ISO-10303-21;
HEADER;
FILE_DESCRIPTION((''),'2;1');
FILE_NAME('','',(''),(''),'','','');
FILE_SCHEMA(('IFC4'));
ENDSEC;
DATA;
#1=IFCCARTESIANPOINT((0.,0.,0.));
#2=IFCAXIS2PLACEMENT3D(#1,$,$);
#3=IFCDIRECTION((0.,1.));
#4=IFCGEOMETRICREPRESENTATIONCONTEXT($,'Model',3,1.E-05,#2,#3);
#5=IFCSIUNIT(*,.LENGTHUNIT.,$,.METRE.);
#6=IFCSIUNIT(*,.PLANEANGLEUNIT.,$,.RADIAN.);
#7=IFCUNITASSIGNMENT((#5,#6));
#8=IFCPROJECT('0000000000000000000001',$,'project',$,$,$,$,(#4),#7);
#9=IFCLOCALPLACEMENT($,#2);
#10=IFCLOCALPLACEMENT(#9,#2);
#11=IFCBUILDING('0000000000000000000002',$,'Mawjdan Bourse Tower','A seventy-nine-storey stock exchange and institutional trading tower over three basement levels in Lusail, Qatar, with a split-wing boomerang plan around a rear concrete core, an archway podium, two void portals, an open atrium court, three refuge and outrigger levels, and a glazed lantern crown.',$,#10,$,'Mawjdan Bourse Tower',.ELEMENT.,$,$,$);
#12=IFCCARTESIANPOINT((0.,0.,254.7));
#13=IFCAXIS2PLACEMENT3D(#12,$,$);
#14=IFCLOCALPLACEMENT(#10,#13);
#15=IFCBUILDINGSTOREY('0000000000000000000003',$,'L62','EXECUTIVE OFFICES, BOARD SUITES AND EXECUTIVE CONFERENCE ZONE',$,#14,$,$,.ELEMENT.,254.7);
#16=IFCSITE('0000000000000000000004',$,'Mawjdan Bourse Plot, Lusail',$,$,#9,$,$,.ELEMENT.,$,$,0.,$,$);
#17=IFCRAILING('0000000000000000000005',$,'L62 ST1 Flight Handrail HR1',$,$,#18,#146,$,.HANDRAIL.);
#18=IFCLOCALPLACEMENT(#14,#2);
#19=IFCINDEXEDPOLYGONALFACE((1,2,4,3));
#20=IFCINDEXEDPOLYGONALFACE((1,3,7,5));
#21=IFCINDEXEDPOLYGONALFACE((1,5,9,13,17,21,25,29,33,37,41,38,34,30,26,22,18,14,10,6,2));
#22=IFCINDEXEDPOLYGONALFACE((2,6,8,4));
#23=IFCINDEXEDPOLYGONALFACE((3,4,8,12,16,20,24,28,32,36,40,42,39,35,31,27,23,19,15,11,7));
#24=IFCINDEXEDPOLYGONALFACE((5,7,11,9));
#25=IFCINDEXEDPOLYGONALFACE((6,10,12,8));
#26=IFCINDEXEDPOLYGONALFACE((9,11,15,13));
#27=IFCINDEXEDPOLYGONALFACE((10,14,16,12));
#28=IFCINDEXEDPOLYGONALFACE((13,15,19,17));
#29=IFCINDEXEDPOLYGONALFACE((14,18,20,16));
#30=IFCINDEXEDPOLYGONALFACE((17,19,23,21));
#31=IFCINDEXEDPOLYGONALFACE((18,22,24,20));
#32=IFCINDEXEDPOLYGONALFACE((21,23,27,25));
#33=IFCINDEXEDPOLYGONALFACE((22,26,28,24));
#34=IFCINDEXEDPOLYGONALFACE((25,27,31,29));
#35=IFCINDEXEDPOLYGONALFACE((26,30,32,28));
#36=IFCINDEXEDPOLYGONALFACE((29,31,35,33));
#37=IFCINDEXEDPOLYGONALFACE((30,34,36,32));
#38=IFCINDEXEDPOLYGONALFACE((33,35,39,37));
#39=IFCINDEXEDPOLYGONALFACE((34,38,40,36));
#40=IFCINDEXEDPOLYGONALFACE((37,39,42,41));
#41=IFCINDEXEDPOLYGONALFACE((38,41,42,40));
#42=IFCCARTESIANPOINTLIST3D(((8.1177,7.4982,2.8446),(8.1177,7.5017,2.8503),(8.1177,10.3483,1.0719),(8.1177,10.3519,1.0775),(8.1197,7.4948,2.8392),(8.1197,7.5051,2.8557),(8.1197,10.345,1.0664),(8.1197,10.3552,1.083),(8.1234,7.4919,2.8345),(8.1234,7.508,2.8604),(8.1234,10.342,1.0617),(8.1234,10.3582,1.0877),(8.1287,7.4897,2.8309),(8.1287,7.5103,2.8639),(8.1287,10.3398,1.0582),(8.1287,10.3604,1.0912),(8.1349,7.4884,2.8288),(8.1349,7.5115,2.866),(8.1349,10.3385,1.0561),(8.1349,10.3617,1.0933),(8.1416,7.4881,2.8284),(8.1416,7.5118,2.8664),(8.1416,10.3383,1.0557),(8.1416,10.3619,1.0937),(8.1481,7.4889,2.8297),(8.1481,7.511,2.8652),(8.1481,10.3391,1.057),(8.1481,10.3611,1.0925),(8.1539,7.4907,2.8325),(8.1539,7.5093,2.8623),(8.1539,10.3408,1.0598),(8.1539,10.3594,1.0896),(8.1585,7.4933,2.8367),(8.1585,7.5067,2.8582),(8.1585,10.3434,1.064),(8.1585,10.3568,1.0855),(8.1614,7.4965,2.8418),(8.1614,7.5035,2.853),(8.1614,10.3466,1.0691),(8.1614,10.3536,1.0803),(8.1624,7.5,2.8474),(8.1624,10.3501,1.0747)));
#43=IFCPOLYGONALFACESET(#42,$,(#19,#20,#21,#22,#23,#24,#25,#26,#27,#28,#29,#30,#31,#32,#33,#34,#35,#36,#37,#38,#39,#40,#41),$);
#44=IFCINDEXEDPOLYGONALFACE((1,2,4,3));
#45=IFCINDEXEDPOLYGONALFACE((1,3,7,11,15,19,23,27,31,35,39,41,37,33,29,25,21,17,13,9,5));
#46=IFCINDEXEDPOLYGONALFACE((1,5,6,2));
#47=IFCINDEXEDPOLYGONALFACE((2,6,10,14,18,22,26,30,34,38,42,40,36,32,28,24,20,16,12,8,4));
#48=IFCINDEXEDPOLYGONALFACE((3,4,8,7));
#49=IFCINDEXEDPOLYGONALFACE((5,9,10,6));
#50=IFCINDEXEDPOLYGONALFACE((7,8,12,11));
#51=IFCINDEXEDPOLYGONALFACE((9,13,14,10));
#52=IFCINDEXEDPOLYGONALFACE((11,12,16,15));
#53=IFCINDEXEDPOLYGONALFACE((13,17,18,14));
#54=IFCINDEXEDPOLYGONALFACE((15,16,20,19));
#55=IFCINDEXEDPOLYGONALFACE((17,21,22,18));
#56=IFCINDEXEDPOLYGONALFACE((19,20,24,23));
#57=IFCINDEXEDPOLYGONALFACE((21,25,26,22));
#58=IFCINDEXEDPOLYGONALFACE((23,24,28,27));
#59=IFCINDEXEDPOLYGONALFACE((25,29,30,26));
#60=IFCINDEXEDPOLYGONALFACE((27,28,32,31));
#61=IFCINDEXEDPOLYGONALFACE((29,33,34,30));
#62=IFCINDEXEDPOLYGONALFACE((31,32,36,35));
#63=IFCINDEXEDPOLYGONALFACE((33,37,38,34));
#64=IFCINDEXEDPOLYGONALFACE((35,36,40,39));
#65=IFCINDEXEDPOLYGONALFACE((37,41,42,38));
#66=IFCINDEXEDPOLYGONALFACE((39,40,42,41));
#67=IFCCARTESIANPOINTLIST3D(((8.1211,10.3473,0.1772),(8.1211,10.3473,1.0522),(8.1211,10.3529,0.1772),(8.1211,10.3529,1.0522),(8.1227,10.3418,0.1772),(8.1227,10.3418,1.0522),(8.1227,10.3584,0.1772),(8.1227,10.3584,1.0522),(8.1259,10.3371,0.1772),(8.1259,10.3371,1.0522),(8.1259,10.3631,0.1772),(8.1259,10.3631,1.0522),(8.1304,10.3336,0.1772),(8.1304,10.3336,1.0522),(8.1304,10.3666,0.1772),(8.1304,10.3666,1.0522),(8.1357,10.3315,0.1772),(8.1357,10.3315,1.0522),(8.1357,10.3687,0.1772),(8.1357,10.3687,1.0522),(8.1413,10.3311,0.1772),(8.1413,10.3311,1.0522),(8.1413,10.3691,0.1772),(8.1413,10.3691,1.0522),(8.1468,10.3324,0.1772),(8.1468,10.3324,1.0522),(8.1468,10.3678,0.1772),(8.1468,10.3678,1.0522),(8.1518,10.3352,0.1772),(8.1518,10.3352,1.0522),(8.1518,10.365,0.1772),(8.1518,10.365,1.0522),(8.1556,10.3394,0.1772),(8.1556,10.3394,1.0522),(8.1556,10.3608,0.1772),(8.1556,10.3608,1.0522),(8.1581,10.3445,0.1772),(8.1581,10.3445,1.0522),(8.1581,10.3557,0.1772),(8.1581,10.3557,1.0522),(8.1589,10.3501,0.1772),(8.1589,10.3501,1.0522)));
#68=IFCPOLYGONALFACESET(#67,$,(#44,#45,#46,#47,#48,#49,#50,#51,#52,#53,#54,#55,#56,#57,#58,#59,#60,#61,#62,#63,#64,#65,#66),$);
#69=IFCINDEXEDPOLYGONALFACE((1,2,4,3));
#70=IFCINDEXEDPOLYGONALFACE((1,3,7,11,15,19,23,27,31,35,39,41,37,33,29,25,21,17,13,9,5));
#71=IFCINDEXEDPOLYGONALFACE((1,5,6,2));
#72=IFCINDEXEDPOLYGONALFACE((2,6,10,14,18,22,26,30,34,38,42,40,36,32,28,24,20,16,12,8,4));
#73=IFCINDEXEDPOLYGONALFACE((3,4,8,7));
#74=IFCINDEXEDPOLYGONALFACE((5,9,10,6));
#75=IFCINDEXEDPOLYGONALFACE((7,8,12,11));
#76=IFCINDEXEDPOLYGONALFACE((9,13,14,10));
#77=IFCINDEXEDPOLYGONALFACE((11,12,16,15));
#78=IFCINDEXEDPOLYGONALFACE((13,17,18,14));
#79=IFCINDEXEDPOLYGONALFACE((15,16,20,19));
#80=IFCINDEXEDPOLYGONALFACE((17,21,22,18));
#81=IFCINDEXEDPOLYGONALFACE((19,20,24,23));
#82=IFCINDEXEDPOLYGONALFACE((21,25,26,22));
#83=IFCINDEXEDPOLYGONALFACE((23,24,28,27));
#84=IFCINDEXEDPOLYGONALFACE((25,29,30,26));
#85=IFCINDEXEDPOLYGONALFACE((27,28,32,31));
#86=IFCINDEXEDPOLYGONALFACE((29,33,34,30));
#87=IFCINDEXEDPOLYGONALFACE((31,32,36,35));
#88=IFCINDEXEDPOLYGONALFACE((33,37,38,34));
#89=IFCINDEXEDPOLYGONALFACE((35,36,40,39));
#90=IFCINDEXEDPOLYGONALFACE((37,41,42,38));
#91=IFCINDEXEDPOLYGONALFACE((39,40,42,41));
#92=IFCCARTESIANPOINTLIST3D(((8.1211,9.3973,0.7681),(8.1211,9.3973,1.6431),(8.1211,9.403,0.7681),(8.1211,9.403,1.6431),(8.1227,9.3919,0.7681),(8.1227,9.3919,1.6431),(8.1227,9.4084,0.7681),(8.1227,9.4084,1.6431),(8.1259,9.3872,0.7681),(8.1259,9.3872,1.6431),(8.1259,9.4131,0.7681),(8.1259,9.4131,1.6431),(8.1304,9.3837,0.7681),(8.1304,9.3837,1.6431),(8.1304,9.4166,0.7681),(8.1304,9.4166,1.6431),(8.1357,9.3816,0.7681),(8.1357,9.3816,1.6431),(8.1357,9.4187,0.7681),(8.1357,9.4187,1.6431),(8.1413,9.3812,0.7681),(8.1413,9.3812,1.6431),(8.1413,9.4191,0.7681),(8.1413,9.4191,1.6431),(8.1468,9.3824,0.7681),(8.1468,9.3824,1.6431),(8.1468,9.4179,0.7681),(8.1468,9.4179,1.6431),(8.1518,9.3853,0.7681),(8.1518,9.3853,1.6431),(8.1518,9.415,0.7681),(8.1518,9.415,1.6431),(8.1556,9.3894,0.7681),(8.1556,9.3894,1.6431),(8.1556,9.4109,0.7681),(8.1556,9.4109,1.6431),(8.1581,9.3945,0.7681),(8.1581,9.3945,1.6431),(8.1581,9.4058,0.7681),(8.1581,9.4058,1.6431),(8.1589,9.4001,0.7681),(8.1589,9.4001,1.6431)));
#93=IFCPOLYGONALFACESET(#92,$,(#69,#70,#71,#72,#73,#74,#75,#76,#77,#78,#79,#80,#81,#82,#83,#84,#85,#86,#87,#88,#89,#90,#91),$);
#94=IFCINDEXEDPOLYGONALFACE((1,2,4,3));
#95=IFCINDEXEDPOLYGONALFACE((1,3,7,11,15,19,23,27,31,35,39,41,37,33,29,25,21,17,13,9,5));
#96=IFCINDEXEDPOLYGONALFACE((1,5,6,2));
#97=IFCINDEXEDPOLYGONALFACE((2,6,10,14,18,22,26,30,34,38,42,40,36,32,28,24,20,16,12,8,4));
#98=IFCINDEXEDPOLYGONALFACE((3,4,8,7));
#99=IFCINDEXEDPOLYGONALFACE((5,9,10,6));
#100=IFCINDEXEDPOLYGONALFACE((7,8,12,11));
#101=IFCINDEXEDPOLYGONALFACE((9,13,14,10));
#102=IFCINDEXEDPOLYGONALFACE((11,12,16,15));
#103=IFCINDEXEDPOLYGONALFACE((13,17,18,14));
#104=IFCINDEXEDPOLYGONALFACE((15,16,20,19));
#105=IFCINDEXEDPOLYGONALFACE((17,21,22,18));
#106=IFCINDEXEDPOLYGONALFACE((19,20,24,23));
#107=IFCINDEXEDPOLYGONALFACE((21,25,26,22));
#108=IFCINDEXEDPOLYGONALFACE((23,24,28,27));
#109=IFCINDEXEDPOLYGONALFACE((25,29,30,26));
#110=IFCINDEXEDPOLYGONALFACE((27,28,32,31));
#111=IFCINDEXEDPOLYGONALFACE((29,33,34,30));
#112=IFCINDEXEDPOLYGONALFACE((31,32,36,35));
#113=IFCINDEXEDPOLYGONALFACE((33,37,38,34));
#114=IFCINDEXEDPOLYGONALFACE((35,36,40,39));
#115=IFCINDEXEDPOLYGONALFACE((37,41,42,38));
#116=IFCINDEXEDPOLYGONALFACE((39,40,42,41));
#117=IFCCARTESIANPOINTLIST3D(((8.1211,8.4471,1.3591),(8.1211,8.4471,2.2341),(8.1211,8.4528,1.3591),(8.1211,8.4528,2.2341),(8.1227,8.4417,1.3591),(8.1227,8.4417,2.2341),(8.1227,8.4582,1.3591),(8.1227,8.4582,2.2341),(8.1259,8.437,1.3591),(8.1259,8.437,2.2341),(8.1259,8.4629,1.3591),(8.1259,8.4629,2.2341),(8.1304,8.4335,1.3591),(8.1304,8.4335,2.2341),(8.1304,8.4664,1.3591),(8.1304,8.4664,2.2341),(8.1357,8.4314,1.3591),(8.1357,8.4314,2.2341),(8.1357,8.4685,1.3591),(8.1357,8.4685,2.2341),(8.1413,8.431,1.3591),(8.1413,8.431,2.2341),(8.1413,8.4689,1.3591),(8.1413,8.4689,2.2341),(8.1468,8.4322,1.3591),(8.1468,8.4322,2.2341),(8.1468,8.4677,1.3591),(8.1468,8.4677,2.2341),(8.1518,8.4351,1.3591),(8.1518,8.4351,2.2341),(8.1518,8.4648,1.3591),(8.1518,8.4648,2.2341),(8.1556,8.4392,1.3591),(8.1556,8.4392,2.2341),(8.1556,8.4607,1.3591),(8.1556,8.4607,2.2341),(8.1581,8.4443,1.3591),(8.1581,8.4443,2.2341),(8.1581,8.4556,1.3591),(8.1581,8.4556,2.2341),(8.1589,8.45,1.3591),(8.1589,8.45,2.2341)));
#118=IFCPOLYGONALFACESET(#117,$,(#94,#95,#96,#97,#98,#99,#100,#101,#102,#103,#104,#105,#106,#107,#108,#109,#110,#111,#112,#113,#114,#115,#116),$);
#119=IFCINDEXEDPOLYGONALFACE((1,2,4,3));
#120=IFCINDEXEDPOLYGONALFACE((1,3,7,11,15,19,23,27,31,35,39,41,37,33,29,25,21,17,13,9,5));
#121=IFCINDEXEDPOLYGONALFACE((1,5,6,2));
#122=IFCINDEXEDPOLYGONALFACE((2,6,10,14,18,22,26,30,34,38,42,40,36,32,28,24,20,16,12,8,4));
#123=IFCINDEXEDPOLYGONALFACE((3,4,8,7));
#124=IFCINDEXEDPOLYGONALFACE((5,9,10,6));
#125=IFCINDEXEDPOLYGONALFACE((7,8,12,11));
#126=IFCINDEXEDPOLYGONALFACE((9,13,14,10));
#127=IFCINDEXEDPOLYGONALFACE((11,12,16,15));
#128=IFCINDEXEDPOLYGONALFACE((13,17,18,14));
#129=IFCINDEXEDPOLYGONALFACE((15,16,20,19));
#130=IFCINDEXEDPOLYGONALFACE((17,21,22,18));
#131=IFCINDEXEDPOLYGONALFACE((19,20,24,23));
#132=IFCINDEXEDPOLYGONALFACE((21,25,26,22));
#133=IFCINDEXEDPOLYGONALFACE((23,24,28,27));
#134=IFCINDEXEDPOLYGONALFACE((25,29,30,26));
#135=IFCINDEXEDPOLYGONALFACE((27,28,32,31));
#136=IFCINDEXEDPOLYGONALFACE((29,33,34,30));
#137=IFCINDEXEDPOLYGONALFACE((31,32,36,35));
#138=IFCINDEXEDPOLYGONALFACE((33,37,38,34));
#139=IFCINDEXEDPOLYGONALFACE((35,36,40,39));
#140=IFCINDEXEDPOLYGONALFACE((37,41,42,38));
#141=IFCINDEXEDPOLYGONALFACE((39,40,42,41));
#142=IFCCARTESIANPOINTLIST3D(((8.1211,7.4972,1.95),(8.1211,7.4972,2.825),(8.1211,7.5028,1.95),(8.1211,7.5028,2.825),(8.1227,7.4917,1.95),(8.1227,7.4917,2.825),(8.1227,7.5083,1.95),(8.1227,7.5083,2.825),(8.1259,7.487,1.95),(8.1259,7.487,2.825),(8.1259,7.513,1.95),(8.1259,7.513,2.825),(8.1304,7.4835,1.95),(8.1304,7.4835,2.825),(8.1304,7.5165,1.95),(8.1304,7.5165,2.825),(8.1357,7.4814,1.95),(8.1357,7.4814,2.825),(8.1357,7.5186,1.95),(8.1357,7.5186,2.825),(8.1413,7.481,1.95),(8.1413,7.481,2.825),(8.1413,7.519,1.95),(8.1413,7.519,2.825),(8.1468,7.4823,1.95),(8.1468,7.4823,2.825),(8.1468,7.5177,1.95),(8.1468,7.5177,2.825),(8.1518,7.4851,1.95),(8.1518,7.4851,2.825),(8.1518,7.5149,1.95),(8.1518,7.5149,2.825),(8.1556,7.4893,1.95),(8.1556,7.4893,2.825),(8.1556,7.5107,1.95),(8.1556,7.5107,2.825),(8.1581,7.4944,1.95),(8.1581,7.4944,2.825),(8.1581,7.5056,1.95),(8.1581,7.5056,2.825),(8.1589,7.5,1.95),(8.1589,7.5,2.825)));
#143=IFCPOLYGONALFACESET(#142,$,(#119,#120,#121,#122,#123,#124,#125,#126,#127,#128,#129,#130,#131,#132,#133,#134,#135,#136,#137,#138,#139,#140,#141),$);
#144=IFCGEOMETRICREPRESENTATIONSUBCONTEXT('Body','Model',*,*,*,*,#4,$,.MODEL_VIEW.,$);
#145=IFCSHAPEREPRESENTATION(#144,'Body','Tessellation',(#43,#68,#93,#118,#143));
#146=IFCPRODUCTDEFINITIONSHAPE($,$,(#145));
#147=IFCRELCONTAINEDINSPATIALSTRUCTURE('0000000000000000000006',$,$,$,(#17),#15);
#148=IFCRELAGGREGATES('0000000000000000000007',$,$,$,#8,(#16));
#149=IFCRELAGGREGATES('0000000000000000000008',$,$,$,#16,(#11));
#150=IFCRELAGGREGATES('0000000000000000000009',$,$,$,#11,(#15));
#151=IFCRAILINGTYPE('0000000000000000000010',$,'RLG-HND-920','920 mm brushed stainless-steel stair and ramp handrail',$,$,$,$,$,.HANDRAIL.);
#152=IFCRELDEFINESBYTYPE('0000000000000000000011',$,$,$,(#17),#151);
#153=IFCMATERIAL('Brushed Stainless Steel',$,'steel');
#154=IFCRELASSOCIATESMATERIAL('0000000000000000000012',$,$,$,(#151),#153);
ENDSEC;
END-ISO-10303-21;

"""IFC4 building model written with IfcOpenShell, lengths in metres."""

from ifc_helpers import new_model, si_unit, direction, frame, origin, origin_2d, place, context, subcontext, project, spatial, circle, extrude, material, type_object, element, save


model = new_model("IFC4")

# Units and contexts
model_context = context("Model", 3, precision=1e-05, world=origin(), true_north=direction((0.0, 1.0)))
body_context = subcontext(model_context, "Body", "Model", "MODEL_VIEW")
ifc_project = project(units=[si_unit("LENGTHUNIT", "METRE"), si_unit("PLANEANGLEUNIT", "RADIAN")], contexts=[model_context])

# Site, building, storey
site_placement = place(None, origin())
site = spatial("IfcSite", under=ifc_project, at=site_placement, Name="Mawjdan Bourse Plot, Lusail", CompositionType="ELEMENT", RefElevation=0.0)
building_placement = place(site_placement, origin())
building = spatial("IfcBuilding", under=site, at=building_placement, Name="Mawjdan Bourse Tower", Description="A seventy-nine-storey stock exchange and institutional trading tower over three basement levels in Lusail, Qatar, with a split-wing boomerang plan around a rear concrete core, an archway podium, two void portals, an open atrium court, three refuge and outrigger levels, and a glazed lantern crown.", LongName="Mawjdan Bourse Tower", CompositionType="ELEMENT")
storey_placement = place(building_placement, frame((0.0, 0.0, 254.7)))
storey = spatial("IfcBuildingStorey", under=building, at=storey_placement, Name="L62", Description="EXECUTIVE OFFICES, BOARD SUITES AND EXECUTIVE CONFERENCE ZONE", CompositionType="ELEMENT", Elevation=254.7)

# Shared definitions
ifc_material_1 = material(Name="Brushed Stainless Steel", Category="steel")

# Railing
railing_type = type_object("IfcRailingType", Name="RLG-HND-920", Description="920 mm brushed stainless-steel stair and ramp handrail", PredefinedType="HANDRAIL", material=ifc_material_1)
railing_1_placement = place(storey_placement, frame((8.1399, 10.3501, 0.1772)))
element("IfcRailing", 1, at=railing_1_placement, inside=storey, type_object=railing_type, Name="L62 ST1 Flight Handrail HR1", PredefinedType="HANDRAIL", context=body_context, shape_type="SweptSolid", body=[
    extrude(circle(Radius=0.0225, at=origin_2d()), frame((0.0, 0.0, 0.8975), z_axis=(0.0, -0.849149, 0.528154), x_axis=(1.0, 0.0, 0.0)), (0.0, 0.0, 1.0), 3.3564),
    extrude(circle(Radius=0.019, at=origin_2d()), origin(), (0.0, 0.0, 1.0), 0.875),
    extrude(circle(Radius=0.019, at=origin_2d()), frame((0.0, -0.95, 0.5908)), (0.0, 0.0, 1.0), 0.875),
    extrude(circle(Radius=0.019, at=origin_2d()), frame((0.0, -1.9001, 1.1819)), (0.0, 0.0, 1.0), 0.875),
    extrude(circle(Radius=0.019, at=origin_2d()), frame((0.0, -2.8501, 1.7727)), (0.0, 0.0, 1.0), 0.875),
])

save(model, "model.ifc")
